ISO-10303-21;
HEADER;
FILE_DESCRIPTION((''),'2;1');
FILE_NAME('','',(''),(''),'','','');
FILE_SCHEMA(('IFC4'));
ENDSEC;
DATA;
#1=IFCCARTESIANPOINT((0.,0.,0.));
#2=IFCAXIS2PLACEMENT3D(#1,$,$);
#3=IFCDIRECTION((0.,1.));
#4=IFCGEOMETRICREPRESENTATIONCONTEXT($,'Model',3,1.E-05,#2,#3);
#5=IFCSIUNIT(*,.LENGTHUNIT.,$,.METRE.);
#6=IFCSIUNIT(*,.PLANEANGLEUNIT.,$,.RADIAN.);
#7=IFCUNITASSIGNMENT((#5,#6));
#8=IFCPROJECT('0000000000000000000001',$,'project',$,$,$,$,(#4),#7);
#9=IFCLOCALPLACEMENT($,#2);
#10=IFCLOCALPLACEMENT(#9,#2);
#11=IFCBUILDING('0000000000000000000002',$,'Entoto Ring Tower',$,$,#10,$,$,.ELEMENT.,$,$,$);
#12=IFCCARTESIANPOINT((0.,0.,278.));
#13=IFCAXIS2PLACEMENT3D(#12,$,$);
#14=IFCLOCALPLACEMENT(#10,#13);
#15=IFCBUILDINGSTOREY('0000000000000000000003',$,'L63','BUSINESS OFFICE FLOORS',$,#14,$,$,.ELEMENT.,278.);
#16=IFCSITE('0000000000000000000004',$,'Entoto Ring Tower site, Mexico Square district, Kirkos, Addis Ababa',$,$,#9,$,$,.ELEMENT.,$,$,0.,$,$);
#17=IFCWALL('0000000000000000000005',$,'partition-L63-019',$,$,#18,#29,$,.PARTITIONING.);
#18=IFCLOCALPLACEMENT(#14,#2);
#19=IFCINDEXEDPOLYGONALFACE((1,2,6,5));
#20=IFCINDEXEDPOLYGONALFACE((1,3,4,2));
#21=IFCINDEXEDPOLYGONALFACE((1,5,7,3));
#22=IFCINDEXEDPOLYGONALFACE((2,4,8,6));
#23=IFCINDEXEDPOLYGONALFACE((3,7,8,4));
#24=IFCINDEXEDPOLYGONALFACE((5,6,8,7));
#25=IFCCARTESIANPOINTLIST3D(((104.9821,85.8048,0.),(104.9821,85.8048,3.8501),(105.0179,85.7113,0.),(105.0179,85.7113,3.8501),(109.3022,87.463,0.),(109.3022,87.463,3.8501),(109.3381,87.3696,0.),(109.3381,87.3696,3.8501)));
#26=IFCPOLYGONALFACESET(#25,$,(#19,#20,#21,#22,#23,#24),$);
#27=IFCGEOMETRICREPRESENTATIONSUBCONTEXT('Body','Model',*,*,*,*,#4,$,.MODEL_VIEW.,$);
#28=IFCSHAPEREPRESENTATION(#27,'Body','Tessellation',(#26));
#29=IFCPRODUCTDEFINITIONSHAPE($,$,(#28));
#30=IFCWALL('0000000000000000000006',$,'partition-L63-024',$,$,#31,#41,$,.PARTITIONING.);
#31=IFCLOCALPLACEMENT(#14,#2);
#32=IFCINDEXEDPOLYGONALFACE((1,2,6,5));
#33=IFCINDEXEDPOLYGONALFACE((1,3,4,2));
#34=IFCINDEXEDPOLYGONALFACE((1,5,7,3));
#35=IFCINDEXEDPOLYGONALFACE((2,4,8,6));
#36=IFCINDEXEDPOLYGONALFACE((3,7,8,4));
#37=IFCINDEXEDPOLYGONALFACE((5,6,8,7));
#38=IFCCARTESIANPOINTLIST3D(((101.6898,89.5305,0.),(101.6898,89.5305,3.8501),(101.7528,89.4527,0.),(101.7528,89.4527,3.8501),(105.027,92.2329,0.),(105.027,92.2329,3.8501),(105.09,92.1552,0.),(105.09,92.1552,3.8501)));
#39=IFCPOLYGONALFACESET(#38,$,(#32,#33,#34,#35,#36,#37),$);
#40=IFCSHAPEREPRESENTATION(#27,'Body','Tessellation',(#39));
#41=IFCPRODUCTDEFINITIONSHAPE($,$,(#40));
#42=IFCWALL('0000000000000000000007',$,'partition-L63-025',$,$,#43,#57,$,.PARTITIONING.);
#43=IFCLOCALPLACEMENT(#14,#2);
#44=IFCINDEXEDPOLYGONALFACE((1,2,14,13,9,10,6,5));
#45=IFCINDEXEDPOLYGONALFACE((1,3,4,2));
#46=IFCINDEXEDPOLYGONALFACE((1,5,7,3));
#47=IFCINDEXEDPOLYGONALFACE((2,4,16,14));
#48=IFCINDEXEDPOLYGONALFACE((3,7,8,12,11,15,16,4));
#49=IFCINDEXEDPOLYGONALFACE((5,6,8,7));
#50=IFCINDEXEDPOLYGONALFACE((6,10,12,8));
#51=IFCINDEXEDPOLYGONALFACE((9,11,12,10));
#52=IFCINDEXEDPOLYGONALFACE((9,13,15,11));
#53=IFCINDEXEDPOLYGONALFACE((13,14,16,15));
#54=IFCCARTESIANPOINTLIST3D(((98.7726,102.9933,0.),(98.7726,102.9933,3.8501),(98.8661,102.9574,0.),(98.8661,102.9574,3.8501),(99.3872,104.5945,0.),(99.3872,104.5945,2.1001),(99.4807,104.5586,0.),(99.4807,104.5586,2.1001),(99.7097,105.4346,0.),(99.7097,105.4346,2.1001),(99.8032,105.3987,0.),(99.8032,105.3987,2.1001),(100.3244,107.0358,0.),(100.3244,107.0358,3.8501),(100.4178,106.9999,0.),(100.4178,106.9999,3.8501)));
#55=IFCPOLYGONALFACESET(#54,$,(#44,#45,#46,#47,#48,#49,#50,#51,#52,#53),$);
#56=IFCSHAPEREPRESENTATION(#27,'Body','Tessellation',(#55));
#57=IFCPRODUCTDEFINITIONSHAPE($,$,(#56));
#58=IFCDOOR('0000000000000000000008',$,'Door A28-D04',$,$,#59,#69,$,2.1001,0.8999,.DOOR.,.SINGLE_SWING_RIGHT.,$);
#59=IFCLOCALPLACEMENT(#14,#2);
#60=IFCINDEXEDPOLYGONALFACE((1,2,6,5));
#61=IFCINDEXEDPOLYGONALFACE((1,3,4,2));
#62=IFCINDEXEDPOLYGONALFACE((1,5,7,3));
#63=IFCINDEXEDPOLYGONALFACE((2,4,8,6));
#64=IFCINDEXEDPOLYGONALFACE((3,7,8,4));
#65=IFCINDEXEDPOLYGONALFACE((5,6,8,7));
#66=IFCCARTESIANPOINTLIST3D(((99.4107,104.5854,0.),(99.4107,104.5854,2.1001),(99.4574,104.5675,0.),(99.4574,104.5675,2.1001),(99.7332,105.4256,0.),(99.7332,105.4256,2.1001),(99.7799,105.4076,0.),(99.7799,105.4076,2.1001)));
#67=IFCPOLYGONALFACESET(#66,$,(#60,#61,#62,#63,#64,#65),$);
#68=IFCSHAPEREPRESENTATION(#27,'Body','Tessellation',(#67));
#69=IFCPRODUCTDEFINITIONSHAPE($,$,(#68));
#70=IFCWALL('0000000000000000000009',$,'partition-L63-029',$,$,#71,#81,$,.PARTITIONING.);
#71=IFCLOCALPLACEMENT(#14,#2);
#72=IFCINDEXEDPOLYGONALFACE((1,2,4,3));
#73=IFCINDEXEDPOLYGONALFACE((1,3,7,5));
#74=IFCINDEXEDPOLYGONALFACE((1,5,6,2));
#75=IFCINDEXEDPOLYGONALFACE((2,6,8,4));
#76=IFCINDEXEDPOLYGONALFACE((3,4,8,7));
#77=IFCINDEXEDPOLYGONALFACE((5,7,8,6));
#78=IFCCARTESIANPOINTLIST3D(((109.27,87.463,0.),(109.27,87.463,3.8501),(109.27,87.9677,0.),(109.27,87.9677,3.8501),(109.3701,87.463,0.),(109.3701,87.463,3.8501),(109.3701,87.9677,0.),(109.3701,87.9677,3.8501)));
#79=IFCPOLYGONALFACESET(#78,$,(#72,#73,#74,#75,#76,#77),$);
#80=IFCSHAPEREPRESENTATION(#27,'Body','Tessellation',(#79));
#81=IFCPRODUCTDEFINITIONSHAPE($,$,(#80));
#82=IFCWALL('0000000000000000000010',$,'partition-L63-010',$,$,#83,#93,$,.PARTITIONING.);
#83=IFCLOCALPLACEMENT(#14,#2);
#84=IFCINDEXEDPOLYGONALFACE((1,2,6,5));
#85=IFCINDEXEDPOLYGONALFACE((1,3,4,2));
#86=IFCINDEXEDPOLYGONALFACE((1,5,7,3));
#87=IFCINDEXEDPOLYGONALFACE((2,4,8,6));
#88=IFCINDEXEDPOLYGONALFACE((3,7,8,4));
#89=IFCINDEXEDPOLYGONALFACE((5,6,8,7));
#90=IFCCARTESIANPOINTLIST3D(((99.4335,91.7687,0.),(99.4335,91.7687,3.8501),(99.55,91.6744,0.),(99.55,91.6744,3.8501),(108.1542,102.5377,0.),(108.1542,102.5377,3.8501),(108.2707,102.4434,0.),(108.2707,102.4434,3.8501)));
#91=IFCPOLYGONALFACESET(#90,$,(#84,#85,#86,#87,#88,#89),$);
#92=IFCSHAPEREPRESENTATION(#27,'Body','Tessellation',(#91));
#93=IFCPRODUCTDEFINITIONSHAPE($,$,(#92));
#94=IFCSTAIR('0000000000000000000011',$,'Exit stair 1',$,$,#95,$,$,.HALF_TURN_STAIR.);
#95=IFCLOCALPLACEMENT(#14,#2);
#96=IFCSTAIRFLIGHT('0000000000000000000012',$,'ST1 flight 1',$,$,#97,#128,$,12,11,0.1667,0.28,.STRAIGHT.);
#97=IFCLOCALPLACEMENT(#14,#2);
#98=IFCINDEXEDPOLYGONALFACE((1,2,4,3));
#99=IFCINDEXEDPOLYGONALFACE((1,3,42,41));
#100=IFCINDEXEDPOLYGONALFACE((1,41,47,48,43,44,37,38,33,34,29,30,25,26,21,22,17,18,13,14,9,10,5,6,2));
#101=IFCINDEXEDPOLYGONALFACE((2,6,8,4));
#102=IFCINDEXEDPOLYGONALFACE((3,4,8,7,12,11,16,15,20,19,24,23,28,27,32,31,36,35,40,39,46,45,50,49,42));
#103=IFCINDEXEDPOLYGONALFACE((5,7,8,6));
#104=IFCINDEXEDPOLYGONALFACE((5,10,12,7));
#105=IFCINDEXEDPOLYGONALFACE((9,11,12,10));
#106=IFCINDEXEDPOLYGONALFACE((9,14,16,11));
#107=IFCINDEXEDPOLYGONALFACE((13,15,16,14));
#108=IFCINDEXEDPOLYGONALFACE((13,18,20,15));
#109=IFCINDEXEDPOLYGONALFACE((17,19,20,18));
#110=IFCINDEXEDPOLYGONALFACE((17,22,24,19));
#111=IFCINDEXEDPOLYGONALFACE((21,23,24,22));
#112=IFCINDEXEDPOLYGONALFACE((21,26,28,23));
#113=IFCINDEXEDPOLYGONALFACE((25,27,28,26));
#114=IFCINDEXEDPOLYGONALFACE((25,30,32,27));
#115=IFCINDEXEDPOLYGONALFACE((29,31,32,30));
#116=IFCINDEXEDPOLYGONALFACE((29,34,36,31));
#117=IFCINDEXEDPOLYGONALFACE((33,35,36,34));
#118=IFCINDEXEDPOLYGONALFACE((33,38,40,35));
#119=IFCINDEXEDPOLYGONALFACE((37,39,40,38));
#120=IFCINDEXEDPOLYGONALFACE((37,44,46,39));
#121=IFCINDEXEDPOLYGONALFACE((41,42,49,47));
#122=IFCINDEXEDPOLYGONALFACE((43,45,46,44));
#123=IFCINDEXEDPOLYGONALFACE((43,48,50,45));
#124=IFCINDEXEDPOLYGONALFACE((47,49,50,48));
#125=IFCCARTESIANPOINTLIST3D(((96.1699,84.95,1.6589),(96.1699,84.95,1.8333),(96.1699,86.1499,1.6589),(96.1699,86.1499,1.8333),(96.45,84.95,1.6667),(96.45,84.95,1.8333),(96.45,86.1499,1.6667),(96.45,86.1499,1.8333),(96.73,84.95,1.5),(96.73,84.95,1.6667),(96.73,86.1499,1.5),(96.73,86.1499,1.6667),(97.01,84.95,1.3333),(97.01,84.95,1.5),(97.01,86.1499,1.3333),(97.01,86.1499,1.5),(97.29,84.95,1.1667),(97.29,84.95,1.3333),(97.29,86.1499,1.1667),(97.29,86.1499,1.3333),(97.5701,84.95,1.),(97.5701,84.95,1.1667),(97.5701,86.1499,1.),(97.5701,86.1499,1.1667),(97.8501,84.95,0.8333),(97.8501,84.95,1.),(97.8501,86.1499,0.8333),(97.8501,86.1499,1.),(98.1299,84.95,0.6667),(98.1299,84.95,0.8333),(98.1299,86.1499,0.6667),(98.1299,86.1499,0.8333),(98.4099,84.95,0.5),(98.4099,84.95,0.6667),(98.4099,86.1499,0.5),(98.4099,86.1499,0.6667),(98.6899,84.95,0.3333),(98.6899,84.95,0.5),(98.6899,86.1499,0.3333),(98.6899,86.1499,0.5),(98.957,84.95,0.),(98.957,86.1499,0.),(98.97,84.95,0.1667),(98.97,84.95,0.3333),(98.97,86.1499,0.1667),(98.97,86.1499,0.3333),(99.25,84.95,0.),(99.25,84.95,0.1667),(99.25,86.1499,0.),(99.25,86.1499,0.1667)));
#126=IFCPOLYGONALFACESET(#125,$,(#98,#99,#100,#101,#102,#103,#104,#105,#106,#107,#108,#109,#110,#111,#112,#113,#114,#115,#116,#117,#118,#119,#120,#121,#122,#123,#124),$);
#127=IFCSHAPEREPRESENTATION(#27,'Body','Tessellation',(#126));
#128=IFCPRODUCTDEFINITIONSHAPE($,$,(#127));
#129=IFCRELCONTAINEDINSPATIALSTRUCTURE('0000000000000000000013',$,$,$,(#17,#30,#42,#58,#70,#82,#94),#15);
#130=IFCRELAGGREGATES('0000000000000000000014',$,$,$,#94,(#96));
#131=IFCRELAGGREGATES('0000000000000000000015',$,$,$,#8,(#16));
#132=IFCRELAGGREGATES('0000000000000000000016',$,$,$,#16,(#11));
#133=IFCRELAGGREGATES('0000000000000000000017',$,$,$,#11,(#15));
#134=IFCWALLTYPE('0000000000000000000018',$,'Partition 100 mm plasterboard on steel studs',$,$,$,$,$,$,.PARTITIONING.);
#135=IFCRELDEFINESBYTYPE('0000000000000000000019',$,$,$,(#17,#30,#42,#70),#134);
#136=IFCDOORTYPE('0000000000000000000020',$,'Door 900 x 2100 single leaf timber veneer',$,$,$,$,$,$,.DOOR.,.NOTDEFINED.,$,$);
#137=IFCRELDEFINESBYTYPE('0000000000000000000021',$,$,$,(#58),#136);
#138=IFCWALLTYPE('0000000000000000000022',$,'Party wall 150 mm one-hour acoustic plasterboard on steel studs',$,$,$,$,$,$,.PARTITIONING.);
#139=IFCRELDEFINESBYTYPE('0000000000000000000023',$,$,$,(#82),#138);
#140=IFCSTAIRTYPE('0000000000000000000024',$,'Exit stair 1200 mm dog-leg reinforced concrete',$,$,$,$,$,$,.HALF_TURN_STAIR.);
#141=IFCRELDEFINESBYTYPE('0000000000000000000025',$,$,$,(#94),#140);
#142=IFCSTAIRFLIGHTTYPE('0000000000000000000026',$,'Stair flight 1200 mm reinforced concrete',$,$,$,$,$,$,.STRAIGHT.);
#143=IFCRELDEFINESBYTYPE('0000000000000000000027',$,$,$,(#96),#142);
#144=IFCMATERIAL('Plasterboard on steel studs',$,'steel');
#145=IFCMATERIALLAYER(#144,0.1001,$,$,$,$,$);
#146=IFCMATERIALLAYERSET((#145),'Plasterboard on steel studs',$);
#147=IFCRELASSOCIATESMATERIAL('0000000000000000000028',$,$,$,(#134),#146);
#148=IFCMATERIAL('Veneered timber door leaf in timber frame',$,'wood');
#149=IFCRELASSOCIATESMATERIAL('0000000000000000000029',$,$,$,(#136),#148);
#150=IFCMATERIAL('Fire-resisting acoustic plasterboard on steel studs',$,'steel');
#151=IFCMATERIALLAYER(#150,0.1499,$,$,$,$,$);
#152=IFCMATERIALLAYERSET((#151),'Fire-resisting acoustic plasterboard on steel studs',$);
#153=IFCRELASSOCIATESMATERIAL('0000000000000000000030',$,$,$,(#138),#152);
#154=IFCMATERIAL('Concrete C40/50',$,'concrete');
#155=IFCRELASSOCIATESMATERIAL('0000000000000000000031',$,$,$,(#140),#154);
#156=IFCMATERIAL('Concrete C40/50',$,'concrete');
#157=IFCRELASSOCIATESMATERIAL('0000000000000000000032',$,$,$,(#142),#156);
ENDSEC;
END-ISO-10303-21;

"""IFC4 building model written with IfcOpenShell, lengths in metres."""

from ifc_helpers import new_model, si_unit, direction, frame, frame_2d, origin, place, context, subcontext, project, spatial, polyline, rectangle, outline, extrude, material, layer, layer_set, type_object, element, fill, aggregate, save


model = new_model("IFC4")

# Units and contexts
model_context = context("Model", 3, precision=1e-05, world=origin(), true_north=direction((0.0, 1.0)))
body_context = subcontext(model_context, "Body", "Model", "MODEL_VIEW")
ifc_project = project(units=[si_unit("LENGTHUNIT", "METRE"), si_unit("PLANEANGLEUNIT", "RADIAN")], contexts=[model_context])

# Site, building, storey
site_placement = place(None, origin())
site = spatial("IfcSite", under=ifc_project, at=site_placement, Name="Entoto Ring Tower site, Mexico Square district, Kirkos, Addis Ababa", CompositionType="ELEMENT", RefElevation=0.0)
building_placement = place(site_placement, origin())
building = spatial("IfcBuilding", under=site, at=building_placement, Name="Entoto Ring Tower", CompositionType="ELEMENT")
storey_placement = place(building_placement, frame((0.0, 0.0, 278.0)))
storey = spatial("IfcBuildingStorey", under=building, at=storey_placement, Name="L63", Description="BUSINESS OFFICE FLOORS", CompositionType="ELEMENT", Elevation=278.0)

# Shared definitions
ifc_material_1 = material(Name="Plasterboard on steel studs", Category="steel")
ifc_layer_1 = layer(ifc_material_1, 0.1001)
ifc_layer_set_1 = layer_set([ifc_layer_1], Name="Plasterboard on steel studs")
wall_type_1 = type_object("IfcWallType", Name="Partition 100 mm plasterboard on steel studs", PredefinedType="PARTITIONING", material=ifc_layer_set_1)
ifc_material_2 = material(Name="Veneered timber door leaf in timber frame", Category="wood")
door_type_1 = type_object("IfcDoorType", Name="Door 900 x 2100 single leaf timber veneer", OperationType="NOTDEFINED", PredefinedType="DOOR", material=ifc_material_2)

# Walls
wall_1_placement = place(storey_placement, frame((105.0, 85.7581, 0.0), z_axis=(0.0, 0.0, 1.0), x_axis=(0.933589, 0.358346, 0.0)))
element("IfcWall", 1, at=wall_1_placement, inside=storey, type_object=wall_type_1, Name="partition-L63-019", PredefinedType="PARTITIONING", context=body_context, shape_type="SweptSolid", body=[
    extrude(rectangle(XDim=4.6274, YDim=0.1001, at=frame_2d((2.3137, 0.0))), origin(), (0.0, 0.0, 1.0), 3.8501),
])
wall_2_placement = place(storey_placement, frame((101.7214, 89.4917, 0.0), z_axis=(0.0, 0.0, 1.0), x_axis=(0.777144, 0.629323, 0.0)))
element("IfcWall", 2, at=wall_2_placement, inside=storey, type_object=wall_type_1, Name="partition-L63-024", PredefinedType="PARTITIONING", context=body_context, shape_type="SweptSolid", body=[
    extrude(rectangle(XDim=4.2942, YDim=0.1001, at=frame_2d((2.147, 0.0))), origin(), (0.0, 0.0, 1.0), 3.8501),
])

# Wall, opening, door
wall_3_placement = place(storey_placement, frame((98.8193, 102.9753, 0.0), z_axis=(0.0, 0.0, 1.0), x_axis=(0.358367, 0.933581, 0.0)))
wall_3 = element("IfcWall", 3, at=wall_3_placement, inside=storey, type_object=wall_type_1, Name="partition-L63-025", PredefinedType="PARTITIONING", context=body_context, shape_type="SweptSolid", body=[
    extrude(rectangle(XDim=4.3301, YDim=0.1001, at=frame_2d((2.165, 0.0))), origin(), (0.0, 0.0, 1.0), 3.8501),
])
opening_1_placement = place(wall_3_placement, frame((1.7151, 0.0, 0.0)))
opening_1 = element("IfcOpeningElement", 4, at=opening_1_placement, cuts=wall_3, PredefinedType="OPENING", context=body_context, shape_type="SweptSolid", body=[
    extrude(rectangle(XDim=0.8999, YDim=2.1001, at=frame_2d((0.45, 1.05))), frame((0.0, 0.0601, 0.0), z_axis=(0.0, -1.0, 0.0), x_axis=(1.0, 0.0, 0.0)), (0.0, 0.0, 1.0), 0.1201),
])
door_1_placement = place(opening_1_placement, origin())
door_1 = element("IfcDoor", 5, at=door_1_placement, inside=storey, type_object=door_type_1, Name="Door A28-D04", OperationType="SINGLE_SWING_RIGHT", OverallHeight=2.1001, OverallWidth=0.8999, PredefinedType="DOOR", context=body_context, shape_type="SweptSolid", body=[
    extrude(rectangle(XDim=0.8999, YDim=2.1001, at=frame_2d((0.45, 1.05))), frame((0.0, 0.0249, 0.0), z_axis=(0.0, -1.0, 0.0), x_axis=(1.0, 0.0, 0.0)), (0.0, 0.0, 1.0), 0.05),
])
fill(opening_1, door_1)

# Walls
wall_4_placement = place(storey_placement, frame((109.3201, 87.4629, 0.0), z_axis=(0.0, 0.0, 1.0), x_axis=(0.0, 1.0, 0.0)))
element("IfcWall", 6, at=wall_4_placement, inside=storey, type_object=wall_type_1, Name="partition-L63-029", PredefinedType="PARTITIONING", context=body_context, shape_type="SweptSolid", body=[
    extrude(rectangle(XDim=0.5046, YDim=0.1001, at=frame_2d((0.2524, 0.0))), origin(), (0.0, 0.0, 1.0), 3.8501),
])
ifc_material_3 = material(Name="Fire-resisting acoustic plasterboard on steel studs", Category="steel")
ifc_layer_2 = layer(ifc_material_3, 0.1499)
ifc_layer_set_2 = layer_set([ifc_layer_2], Name="Fire-resisting acoustic plasterboard on steel studs")
wall_type_2 = type_object("IfcWallType", Name="Party wall 150 mm one-hour acoustic plasterboard on steel studs", PredefinedType="PARTITIONING", material=ifc_layer_set_2)
wall_5_placement = place(storey_placement, frame((99.4917, 91.7214, 0.0), z_axis=(0.0, 0.0, 1.0), x_axis=(0.629325, 0.777142, 0.0)))
element("IfcWall", 7, at=wall_5_placement, inside=storey, type_object=wall_type_2, Name="partition-L63-010", PredefinedType="PARTITIONING", context=body_context, shape_type="SweptSolid", body=[
    extrude(rectangle(XDim=13.8572, YDim=0.1499, at=frame_2d((6.9287, 0.0))), origin(), (0.0, 0.0, 1.0), 3.8501),
])

# Stair, stair flight
ifc_material_4 = material(Name="Concrete C40/50", Category="concrete")
stair_type = type_object("IfcStairType", Name="Exit stair 1200 mm dog-leg reinforced concrete", PredefinedType="HALF_TURN_STAIR", material=ifc_material_4)
stair_placement = place(storey_placement, origin())
stair = element("IfcStair", 8, at=stair_placement, inside=storey, type_object=stair_type, Name="Exit stair 1", PredefinedType="HALF_TURN_STAIR")
ifc_material_5 = material(Name="Concrete C40/50", Category="concrete")
stair_flight_type = type_object("IfcStairFlightType", Name="Stair flight 1200 mm reinforced concrete", PredefinedType="STRAIGHT", material=ifc_material_5)
stair_flight_placement = place(storey_placement, frame((99.25, 85.55, 0.0), z_axis=(0.0, 0.0, 1.0), x_axis=(-1.0, 0.0, 0.0)))
stair_flight = element("IfcStairFlight", 9, at=stair_flight_placement, type_object=stair_flight_type, Name="ST1 flight 1", NumberOfRisers=12, NumberOfTreads=11, PredefinedType="STRAIGHT", RiserHeight=0.1667, TreadLength=0.28, context=body_context, shape_type="SweptSolid", body=[
    extrude(outline(polyline([(0.0, 0.0), (0.0, 0.1667), (0.28, 0.1667), (0.28, 0.3333), (0.5601, 0.3333), (0.5601, 0.5), (0.8401, 0.5), (0.8401, 0.6667), (1.1201, 0.6667), (1.1201, 0.8333), (1.3999, 0.8333), (1.3999, 1.0), (1.6799, 1.0), (1.6799, 1.1667), (1.96, 1.1667), (1.96, 1.3333), (2.24, 1.3333), (2.24, 1.5), (2.52, 1.5), (2.52, 1.6667), (2.8, 1.6667), (2.8, 1.8333), (3.0801, 1.8333), (3.0801, 2.0), (3.0801, 1.6589), (0.293, 0.0), (0.0, 0.0)])), frame((0.0, 0.6001, 0.0), z_axis=(0.0, -1.0, 0.0), x_axis=(1.0, 0.0, 0.0)), (0.0, 0.0, 1.0), 1.2),
])
aggregate(stair, [stair_flight])

save(model, "model.ifc")
